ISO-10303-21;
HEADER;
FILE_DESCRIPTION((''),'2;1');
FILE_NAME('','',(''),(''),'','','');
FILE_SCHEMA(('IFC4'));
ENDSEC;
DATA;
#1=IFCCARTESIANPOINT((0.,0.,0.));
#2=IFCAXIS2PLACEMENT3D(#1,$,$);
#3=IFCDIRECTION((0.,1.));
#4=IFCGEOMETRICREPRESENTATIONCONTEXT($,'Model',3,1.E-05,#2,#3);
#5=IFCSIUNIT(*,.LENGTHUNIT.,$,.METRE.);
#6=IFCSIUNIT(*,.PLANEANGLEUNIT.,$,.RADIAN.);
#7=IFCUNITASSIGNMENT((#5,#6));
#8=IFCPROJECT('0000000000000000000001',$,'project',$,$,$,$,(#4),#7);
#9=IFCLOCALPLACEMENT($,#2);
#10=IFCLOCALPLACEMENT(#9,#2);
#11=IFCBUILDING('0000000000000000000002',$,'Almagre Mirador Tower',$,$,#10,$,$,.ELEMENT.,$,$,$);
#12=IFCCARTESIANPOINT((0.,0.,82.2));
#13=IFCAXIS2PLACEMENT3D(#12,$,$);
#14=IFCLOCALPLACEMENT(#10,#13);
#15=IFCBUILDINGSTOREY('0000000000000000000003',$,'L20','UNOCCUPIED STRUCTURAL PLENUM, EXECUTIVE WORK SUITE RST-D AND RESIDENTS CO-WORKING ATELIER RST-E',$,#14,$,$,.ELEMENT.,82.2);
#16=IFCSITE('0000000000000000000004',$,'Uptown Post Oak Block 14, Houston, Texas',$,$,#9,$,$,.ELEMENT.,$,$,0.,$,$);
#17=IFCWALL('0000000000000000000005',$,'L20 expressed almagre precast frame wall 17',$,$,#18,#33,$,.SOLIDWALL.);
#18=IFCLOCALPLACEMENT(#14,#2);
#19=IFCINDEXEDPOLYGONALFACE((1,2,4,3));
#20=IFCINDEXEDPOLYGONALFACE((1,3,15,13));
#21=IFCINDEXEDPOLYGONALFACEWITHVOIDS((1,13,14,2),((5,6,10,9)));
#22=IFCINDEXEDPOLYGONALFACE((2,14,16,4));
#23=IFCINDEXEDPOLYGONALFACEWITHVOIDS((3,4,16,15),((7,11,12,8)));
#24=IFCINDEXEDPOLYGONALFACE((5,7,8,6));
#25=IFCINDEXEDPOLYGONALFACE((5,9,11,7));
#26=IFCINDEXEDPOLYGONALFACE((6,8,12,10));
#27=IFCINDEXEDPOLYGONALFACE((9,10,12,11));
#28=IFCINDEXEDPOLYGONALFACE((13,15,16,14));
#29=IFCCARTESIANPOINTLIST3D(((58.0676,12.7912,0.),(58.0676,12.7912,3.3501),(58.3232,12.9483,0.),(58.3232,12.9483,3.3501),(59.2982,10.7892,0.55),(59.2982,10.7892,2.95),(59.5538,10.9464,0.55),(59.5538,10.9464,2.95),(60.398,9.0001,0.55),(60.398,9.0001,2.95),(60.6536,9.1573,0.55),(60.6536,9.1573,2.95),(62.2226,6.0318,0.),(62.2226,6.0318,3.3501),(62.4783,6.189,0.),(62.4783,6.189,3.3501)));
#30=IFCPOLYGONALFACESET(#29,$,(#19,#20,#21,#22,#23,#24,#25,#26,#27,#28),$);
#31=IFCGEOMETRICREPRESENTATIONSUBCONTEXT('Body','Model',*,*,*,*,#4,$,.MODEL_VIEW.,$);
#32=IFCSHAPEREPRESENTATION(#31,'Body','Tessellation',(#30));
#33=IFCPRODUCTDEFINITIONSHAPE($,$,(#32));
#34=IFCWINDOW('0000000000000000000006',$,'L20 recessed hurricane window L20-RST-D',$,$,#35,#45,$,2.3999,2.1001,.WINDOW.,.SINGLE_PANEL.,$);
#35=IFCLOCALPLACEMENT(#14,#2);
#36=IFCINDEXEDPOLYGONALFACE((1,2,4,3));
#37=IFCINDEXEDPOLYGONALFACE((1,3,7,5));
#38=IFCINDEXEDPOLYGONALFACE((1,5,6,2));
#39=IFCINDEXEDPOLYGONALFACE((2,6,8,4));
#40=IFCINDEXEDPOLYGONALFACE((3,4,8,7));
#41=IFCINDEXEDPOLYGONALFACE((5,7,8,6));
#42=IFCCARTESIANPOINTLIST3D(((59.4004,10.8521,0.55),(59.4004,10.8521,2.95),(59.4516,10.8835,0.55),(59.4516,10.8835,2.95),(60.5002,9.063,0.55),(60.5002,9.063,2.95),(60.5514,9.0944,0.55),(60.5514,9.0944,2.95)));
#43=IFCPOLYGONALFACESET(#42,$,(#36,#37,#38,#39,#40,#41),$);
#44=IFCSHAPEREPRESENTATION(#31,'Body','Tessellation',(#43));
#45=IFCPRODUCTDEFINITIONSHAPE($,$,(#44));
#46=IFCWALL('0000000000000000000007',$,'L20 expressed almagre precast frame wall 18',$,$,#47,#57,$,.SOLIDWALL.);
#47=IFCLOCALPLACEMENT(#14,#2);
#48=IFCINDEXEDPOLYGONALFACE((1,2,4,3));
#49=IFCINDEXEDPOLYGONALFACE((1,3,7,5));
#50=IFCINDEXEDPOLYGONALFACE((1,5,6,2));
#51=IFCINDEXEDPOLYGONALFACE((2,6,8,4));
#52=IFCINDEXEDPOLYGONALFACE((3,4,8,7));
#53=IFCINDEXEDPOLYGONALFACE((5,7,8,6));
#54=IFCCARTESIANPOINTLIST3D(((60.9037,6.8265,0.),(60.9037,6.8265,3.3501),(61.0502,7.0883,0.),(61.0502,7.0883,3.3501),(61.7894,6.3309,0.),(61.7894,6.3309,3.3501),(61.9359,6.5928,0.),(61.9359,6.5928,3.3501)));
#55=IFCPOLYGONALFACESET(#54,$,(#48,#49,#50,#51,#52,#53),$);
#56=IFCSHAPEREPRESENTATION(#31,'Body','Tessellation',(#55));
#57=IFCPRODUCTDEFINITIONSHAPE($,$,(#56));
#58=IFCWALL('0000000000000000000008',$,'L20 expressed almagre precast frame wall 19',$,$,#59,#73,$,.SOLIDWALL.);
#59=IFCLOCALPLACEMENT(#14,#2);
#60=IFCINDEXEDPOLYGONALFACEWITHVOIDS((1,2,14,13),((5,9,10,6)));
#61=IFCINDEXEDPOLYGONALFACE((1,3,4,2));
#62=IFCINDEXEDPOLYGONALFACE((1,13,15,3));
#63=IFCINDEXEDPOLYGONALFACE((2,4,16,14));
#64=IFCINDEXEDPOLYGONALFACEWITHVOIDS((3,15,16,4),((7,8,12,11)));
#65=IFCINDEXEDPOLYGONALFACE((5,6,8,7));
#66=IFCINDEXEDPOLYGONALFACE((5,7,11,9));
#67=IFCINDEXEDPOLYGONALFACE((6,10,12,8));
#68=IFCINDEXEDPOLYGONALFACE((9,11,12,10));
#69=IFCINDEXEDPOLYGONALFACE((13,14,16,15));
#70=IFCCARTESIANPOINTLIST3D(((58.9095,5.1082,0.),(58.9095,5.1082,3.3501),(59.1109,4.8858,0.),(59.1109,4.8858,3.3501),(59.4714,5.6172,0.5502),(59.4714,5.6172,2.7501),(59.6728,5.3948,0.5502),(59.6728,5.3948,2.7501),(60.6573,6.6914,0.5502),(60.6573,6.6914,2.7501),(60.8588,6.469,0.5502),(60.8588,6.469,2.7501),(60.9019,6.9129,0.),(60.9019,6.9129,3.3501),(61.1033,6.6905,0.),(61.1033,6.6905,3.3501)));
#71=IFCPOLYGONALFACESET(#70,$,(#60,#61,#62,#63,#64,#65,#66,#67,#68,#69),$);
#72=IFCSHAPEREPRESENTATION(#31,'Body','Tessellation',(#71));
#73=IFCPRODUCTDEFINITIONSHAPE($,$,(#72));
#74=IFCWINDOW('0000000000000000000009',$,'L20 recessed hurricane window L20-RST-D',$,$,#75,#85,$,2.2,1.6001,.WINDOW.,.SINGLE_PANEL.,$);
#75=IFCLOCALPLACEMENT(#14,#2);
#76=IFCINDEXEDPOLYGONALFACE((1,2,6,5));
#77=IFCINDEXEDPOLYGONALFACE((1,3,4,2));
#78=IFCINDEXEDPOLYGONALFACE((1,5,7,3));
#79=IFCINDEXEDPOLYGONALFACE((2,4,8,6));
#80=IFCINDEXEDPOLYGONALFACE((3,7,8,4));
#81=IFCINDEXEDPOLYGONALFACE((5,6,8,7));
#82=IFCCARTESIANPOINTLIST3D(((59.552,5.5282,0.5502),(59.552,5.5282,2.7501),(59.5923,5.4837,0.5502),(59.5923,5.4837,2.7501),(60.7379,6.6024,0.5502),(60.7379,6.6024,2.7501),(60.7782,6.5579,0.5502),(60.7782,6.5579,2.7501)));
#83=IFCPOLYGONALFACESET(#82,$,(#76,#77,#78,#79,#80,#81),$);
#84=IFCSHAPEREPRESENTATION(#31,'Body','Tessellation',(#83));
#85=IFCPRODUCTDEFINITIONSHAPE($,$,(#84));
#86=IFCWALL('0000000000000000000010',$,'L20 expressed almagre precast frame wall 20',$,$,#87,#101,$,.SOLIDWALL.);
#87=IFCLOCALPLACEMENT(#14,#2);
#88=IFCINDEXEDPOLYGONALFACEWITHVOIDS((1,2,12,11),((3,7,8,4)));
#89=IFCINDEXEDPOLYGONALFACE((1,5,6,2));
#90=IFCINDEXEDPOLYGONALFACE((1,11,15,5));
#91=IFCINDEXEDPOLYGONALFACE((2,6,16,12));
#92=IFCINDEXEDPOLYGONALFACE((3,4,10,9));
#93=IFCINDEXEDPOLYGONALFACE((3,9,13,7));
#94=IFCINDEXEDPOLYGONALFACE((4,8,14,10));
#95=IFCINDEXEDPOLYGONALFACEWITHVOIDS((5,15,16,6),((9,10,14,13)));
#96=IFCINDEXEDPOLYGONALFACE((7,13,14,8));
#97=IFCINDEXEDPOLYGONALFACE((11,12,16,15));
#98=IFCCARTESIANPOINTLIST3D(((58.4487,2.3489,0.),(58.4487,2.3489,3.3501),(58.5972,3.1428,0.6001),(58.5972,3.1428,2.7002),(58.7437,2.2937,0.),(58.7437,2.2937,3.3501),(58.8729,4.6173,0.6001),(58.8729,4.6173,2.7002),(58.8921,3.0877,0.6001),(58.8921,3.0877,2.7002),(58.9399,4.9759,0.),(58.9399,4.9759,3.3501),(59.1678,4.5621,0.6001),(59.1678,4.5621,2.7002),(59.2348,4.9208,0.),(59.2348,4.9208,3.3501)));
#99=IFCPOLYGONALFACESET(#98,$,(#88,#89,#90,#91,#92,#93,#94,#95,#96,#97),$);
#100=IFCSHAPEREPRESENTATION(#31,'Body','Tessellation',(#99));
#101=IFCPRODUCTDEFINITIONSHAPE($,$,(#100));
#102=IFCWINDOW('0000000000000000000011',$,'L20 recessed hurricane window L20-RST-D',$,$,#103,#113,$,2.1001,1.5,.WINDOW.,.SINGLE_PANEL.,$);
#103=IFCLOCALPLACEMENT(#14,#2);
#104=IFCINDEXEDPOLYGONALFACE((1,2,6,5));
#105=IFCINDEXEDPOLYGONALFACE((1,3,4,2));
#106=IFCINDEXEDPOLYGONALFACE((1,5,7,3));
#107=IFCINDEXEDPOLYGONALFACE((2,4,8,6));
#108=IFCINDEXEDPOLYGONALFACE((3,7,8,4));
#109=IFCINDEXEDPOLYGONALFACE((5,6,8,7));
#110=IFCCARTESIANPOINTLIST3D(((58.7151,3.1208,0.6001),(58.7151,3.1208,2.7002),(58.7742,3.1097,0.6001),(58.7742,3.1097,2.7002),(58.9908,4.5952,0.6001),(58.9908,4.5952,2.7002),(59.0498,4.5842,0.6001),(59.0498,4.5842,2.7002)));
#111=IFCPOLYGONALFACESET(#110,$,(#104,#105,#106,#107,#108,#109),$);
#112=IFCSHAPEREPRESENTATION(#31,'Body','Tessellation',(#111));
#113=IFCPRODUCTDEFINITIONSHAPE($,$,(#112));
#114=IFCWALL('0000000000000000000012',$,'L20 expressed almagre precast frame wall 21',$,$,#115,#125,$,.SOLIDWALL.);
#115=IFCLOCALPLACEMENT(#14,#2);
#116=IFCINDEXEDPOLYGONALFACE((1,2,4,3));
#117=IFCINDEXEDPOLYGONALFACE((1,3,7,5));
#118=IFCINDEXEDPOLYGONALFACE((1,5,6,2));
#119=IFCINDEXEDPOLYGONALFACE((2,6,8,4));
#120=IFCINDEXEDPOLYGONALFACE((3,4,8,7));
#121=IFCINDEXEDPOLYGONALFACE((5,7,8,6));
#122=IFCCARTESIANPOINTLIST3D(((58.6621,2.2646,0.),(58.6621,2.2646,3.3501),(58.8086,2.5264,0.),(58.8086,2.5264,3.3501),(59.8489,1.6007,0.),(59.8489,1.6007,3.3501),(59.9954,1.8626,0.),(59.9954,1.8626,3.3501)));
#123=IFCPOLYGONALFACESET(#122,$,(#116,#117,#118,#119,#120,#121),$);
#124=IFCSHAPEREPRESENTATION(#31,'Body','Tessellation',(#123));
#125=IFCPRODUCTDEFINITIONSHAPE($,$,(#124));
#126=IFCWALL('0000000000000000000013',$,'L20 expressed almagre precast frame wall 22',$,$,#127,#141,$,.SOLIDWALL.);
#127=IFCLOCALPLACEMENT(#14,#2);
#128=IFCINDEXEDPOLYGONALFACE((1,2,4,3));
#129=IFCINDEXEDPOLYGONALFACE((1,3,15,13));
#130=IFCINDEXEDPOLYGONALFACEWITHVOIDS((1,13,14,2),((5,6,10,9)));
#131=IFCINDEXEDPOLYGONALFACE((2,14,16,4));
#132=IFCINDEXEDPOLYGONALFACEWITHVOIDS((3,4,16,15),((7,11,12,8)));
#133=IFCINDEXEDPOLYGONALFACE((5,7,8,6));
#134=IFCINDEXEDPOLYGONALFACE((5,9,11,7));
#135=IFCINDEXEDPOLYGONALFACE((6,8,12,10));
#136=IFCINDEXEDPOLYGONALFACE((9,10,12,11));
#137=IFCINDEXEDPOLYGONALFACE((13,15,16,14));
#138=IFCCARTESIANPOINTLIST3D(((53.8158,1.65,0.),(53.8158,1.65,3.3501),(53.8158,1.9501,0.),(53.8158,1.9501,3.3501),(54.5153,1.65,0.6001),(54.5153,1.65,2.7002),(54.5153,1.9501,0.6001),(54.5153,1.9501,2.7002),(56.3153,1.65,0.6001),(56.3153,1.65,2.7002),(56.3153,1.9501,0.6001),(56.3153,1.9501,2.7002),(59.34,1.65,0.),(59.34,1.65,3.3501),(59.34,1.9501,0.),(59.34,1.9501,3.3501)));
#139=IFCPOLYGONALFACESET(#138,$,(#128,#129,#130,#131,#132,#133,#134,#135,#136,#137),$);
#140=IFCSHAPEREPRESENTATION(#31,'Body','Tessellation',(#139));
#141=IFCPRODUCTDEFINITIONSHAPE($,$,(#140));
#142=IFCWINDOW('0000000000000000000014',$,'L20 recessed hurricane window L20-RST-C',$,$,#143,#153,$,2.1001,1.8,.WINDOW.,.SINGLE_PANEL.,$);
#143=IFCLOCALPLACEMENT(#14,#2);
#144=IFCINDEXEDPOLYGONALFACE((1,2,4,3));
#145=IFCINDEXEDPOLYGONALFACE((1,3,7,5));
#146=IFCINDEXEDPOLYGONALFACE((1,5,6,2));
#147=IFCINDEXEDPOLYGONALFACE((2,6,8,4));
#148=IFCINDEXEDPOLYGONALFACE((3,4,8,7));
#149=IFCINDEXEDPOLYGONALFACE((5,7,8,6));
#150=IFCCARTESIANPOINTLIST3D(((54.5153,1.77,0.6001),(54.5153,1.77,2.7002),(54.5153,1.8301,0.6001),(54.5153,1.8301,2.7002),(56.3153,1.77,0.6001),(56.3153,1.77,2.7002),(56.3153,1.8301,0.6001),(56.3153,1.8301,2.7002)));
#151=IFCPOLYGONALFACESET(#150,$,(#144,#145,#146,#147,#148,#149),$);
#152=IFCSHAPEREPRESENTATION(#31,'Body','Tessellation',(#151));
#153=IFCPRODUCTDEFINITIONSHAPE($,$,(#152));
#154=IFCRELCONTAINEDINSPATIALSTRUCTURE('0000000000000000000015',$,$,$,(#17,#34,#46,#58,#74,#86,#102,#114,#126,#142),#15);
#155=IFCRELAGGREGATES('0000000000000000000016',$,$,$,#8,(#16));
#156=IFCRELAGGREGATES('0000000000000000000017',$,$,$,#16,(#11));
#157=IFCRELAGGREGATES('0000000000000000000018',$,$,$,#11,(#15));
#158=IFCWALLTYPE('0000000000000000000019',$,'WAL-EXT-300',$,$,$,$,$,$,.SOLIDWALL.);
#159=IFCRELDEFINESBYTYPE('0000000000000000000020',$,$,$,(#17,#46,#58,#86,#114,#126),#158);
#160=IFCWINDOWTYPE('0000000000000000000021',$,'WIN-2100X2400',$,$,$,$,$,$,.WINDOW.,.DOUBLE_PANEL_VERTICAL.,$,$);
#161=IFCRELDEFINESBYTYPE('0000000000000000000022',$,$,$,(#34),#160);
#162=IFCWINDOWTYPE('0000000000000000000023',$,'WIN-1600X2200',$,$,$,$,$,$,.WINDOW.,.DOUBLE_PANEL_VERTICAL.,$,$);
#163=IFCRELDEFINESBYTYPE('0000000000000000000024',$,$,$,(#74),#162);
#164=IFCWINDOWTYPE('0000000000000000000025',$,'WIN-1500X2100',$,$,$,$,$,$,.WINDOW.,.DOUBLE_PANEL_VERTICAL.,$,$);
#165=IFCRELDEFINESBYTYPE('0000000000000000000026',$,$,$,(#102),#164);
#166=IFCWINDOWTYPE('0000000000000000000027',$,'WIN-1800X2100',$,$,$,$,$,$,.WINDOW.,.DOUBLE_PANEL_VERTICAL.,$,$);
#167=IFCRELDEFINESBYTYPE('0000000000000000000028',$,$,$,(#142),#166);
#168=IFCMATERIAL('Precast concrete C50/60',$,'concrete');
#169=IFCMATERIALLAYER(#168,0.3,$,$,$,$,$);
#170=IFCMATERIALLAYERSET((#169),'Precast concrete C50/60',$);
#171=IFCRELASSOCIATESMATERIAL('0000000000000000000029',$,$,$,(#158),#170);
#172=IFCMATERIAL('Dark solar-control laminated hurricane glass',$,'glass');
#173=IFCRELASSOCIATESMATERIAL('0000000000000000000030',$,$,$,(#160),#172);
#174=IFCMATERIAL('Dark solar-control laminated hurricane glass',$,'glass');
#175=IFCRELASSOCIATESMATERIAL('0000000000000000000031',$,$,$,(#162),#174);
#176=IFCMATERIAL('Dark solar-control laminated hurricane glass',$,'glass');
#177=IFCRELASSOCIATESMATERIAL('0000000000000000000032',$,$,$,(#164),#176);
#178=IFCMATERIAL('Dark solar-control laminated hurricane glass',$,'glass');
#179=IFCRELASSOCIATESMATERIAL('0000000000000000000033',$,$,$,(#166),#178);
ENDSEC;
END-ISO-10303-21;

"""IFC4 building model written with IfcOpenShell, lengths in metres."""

from ifc_helpers import new_model, si_unit, direction, frame, frame_2d, origin, place, context, subcontext, project, spatial, rectangle, extrude, material, layer, layer_set, type_object, element, fill, save


model = new_model("IFC4")

# Units and contexts
model_context = context("Model", 3, precision=1e-05, world=origin(), true_north=direction((0.0, 1.0)))
body_context = subcontext(model_context, "Body", "Model", "MODEL_VIEW")
ifc_project = project(units=[si_unit("LENGTHUNIT", "METRE"), si_unit("PLANEANGLEUNIT", "RADIAN")], contexts=[model_context])

# Site, building, storey
site_placement = place(None, origin())
site = spatial("IfcSite", under=ifc_project, at=site_placement, Name="Uptown Post Oak Block 14, Houston, Texas", CompositionType="ELEMENT", RefElevation=0.0)
building_placement = place(site_placement, origin())
building = spatial("IfcBuilding", under=site, at=building_placement, Name="Almagre Mirador Tower", CompositionType="ELEMENT")
storey_placement = place(building_placement, frame((0.0, 0.0, 82.2)))
storey = spatial("IfcBuildingStorey", under=building, at=storey_placement, Name="L20", Description="UNOCCUPIED STRUCTURAL PLENUM, EXECUTIVE WORK SUITE RST-D AND RESIDENTS CO-WORKING ATELIER RST-E", CompositionType="ELEMENT", Elevation=82.2)

# Wall, opening, window
ifc_material_1 = material(Name="Precast concrete C50/60", Category="concrete")
ifc_layer = layer(ifc_material_1, 0.3)
ifc_layer_set = layer_set([ifc_layer], Name="Precast concrete C50/60")
wall_type = type_object("IfcWallType", Name="WAL-EXT-300", PredefinedType="SOLIDWALL", material=ifc_layer_set)
wall_1_placement = place(storey_placement, frame((58.1953, 12.8699, 0.0), z_axis=(0.0, 0.0, 1.0), x_axis=(0.523684, -0.851913, 0.0)))
wall_1 = element("IfcWall", 1, at=wall_1_placement, inside=storey, type_object=wall_type, Name="L20 expressed almagre precast frame wall 17", PredefinedType="SOLIDWALL", context=body_context, shape_type="SweptSolid", body=[
    extrude(rectangle(XDim=7.9343, YDim=0.3, at=frame_2d((3.9673, 0.0))), origin(), (0.0, 0.0, 1.0), 3.3501),
])
opening_1_placement = place(wall_1_placement, frame((2.3501, 0.0, 0.55)))
opening_1 = element("IfcOpeningElement", 2, at=opening_1_placement, cuts=wall_1, PredefinedType="OPENING", context=body_context, shape_type="SweptSolid", body=[
    extrude(rectangle(XDim=2.1001, YDim=2.3999, at=frame_2d((1.05, 1.2))), frame((0.0, 0.1599, 0.0), z_axis=(0.0, -1.0, 0.0), x_axis=(1.0, 0.0, 0.0)), (0.0, 0.0, 1.0), 0.32),
])
ifc_material_2 = material(Name="Dark solar-control laminated hurricane glass", Category="glass")
window_type_1 = type_object("IfcWindowType", Name="WIN-2100X2400", PartitioningType="DOUBLE_PANEL_VERTICAL", PredefinedType="WINDOW", material=ifc_material_2)
window_1_placement = place(opening_1_placement, origin())
window_1 = element("IfcWindow", 3, at=window_1_placement, inside=storey, type_object=window_type_1, Name="L20 recessed hurricane window L20-RST-D", OverallHeight=2.3999, OverallWidth=2.1001, PartitioningType="SINGLE_PANEL", PredefinedType="WINDOW", context=body_context, shape_type="SweptSolid", body=[
    extrude(rectangle(XDim=2.1001, YDim=2.3999, at=frame_2d((1.05, 1.2))), frame((0.0, 0.03, 0.0), z_axis=(0.0, -1.0, 0.0), x_axis=(1.0, 0.0, 0.0)), (0.0, 0.0, 1.0), 0.0601),
])
fill(opening_1, window_1)

# Wall
wall_2_placement = place(storey_placement, frame((61.8625, 6.4619, 0.0), z_axis=(0.0, 0.0, 1.0), x_axis=(-0.872678, 0.488296, 0.0)))
element("IfcWall", 4, at=wall_2_placement, inside=storey, type_object=wall_type, Name="L20 expressed almagre precast frame wall 18", PredefinedType="SOLIDWALL", context=body_context, shape_type="SweptSolid", body=[
    extrude(rectangle(XDim=1.0149, YDim=0.3, at=frame_2d((0.5073, 0.0))), origin(), (0.0, 0.0, 1.0), 3.3501),
])

# Walls, openings, windows
wall_3_placement = place(storey_placement, frame((61.0027, 6.8018, 0.0), z_axis=(0.0, 0.0, 1.0), x_axis=(-0.741163, -0.671325, 0.0)))
wall_3 = element("IfcWall", 5, at=wall_3_placement, inside=storey, type_object=wall_type, Name="L20 expressed almagre precast frame wall 19", PredefinedType="SOLIDWALL", context=body_context, shape_type="SweptSolid", body=[
    extrude(rectangle(XDim=2.6882, YDim=0.3, at=frame_2d((1.3442, 0.0))), origin(), (0.0, 0.0, 1.0), 3.3501),
])
opening_2_placement = place(wall_3_placement, frame((0.3301, 0.0, 0.55)))
opening_2 = element("IfcOpeningElement", 6, at=opening_2_placement, cuts=wall_3, PredefinedType="OPENING", context=body_context, shape_type="SweptSolid", body=[
    extrude(rectangle(XDim=1.6001, YDim=2.2, at=frame_2d((0.8, 1.1001))), frame((0.0, 0.1599, 0.0), z_axis=(0.0, -1.0, 0.0), x_axis=(1.0, 0.0, 0.0)), (0.0, 0.0, 1.0), 0.32),
])
ifc_material_3 = material(Name="Dark solar-control laminated hurricane glass", Category="glass")
window_type_2 = type_object("IfcWindowType", Name="WIN-1600X2200", PartitioningType="DOUBLE_PANEL_VERTICAL", PredefinedType="WINDOW", material=ifc_material_3)
window_2_placement = place(opening_2_placement, origin())
window_2 = element("IfcWindow", 7, at=window_2_placement, inside=storey, type_object=window_type_2, Name="L20 recessed hurricane window L20-RST-D", OverallHeight=2.2, OverallWidth=1.6001, PartitioningType="SINGLE_PANEL", PredefinedType="WINDOW", context=body_context, shape_type="SweptSolid", body=[
    extrude(rectangle(XDim=1.6001, YDim=2.2, at=frame_2d((0.8, 1.1001))), frame((0.0, 0.03, 0.0), z_axis=(0.0, -1.0, 0.0), x_axis=(1.0, 0.0, 0.0)), (0.0, 0.0, 1.0), 0.0601),
])
fill(opening_2, window_2)
wall_4_placement = place(storey_placement, frame((59.0874, 4.9485, 0.0), z_axis=(0.0, 0.0, 1.0), x_axis=(-0.183787, -0.982966, 0.0)))
wall_4 = element("IfcWall", 8, at=wall_4_placement, inside=storey, type_object=wall_type, Name="L20 expressed almagre precast frame wall 20", PredefinedType="SOLIDWALL", context=body_context, shape_type="SweptSolid", body=[
    extrude(rectangle(XDim=2.6726, YDim=0.3, at=frame_2d((1.3364, 0.0))), origin(), (0.0, 0.0, 1.0), 3.3501),
])
opening_3_placement = place(wall_4_placement, frame((0.365, 0.0, 0.6001)))
opening_3 = element("IfcOpeningElement", 9, at=opening_3_placement, cuts=wall_4, PredefinedType="OPENING", context=body_context, shape_type="SweptSolid", body=[
    extrude(rectangle(XDim=1.5, YDim=2.1001, at=frame_2d((0.75, 1.05))), frame((0.0, 0.1599, 0.0), z_axis=(0.0, -1.0, 0.0), x_axis=(1.0, 0.0, 0.0)), (0.0, 0.0, 1.0), 0.32),
])
ifc_material_4 = material(Name="Dark solar-control laminated hurricane glass", Category="glass")
window_type_3 = type_object("IfcWindowType", Name="WIN-1500X2100", PartitioningType="DOUBLE_PANEL_VERTICAL", PredefinedType="WINDOW", material=ifc_material_4)
window_3_placement = place(opening_3_placement, origin())
window_3 = element("IfcWindow", 10, at=window_3_placement, inside=storey, type_object=window_type_3, Name="L20 recessed hurricane window L20-RST-D", OverallHeight=2.1001, OverallWidth=1.5, PartitioningType="SINGLE_PANEL", PredefinedType="WINDOW", context=body_context, shape_type="SweptSolid", body=[
    extrude(rectangle(XDim=1.5, YDim=2.1001, at=frame_2d((0.75, 1.05))), frame((0.0, 0.03, 0.0), z_axis=(0.0, -1.0, 0.0), x_axis=(1.0, 0.0, 0.0)), (0.0, 0.0, 1.0), 0.0601),
])
fill(opening_3, window_3)

# Wall
wall_5_placement = place(storey_placement, frame((58.7354, 2.3955, 0.0), z_axis=(0.0, 0.0, 1.0), x_axis=(0.872748, -0.488171, 0.0)))
element("IfcWall", 11, at=wall_5_placement, inside=storey, type_object=wall_type, Name="L20 expressed almagre precast frame wall 21", PredefinedType="SOLIDWALL", context=body_context, shape_type="SweptSolid", body=[
    extrude(rectangle(XDim=1.3599, YDim=0.3, at=frame_2d((0.6799, 0.0))), origin(), (0.0, 0.0, 1.0), 3.3501),
])

# Wall, opening, window
wall_6_placement = place(storey_placement, frame((59.3401, 1.8, 0.0), z_axis=(0.0, 0.0, 1.0), x_axis=(-1.0, 0.0, 0.0)))
wall_6 = element("IfcWall", 12, at=wall_6_placement, inside=storey, type_object=wall_type, Name="L20 expressed almagre precast frame wall 22", PredefinedType="SOLIDWALL", context=body_context, shape_type="SweptSolid", body=[
    extrude(rectangle(XDim=5.5242, YDim=0.3, at=frame_2d((2.7622, 0.0))), origin(), (0.0, 0.0, 1.0), 3.3501),
])
opening_4_placement = place(wall_6_placement, frame((3.0249, 0.0, 0.6001)))
opening_4 = element("IfcOpeningElement", 13, at=opening_4_placement, cuts=wall_6, PredefinedType="OPENING", context=body_context, shape_type="SweptSolid", body=[
    extrude(rectangle(XDim=1.8, YDim=2.1001, at=frame_2d((0.8999, 1.05))), frame((0.0, 0.1599, 0.0), z_axis=(0.0, -1.0, 0.0), x_axis=(1.0, 0.0, 0.0)), (0.0, 0.0, 1.0), 0.32),
])
ifc_material_5 = material(Name="Dark solar-control laminated hurricane glass", Category="glass")
window_type_4 = type_object("IfcWindowType", Name="WIN-1800X2100", PartitioningType="DOUBLE_PANEL_VERTICAL", PredefinedType="WINDOW", material=ifc_material_5)
window_4_placement = place(opening_4_placement, origin())
window_4 = element("IfcWindow", 14, at=window_4_placement, inside=storey, type_object=window_type_4, Name="L20 recessed hurricane window L20-RST-C", OverallHeight=2.1001, OverallWidth=1.8, PartitioningType="SINGLE_PANEL", PredefinedType="WINDOW", context=body_context, shape_type="SweptSolid", body=[
    extrude(rectangle(XDim=1.8, YDim=2.1001, at=frame_2d((0.8999, 1.05))), frame((0.0, 0.03, 0.0), z_axis=(0.0, -1.0, 0.0), x_axis=(1.0, 0.0, 0.0)), (0.0, 0.0, 1.0), 0.0601),
])
fill(opening_4, window_4)

save(model, "model.ifc")
